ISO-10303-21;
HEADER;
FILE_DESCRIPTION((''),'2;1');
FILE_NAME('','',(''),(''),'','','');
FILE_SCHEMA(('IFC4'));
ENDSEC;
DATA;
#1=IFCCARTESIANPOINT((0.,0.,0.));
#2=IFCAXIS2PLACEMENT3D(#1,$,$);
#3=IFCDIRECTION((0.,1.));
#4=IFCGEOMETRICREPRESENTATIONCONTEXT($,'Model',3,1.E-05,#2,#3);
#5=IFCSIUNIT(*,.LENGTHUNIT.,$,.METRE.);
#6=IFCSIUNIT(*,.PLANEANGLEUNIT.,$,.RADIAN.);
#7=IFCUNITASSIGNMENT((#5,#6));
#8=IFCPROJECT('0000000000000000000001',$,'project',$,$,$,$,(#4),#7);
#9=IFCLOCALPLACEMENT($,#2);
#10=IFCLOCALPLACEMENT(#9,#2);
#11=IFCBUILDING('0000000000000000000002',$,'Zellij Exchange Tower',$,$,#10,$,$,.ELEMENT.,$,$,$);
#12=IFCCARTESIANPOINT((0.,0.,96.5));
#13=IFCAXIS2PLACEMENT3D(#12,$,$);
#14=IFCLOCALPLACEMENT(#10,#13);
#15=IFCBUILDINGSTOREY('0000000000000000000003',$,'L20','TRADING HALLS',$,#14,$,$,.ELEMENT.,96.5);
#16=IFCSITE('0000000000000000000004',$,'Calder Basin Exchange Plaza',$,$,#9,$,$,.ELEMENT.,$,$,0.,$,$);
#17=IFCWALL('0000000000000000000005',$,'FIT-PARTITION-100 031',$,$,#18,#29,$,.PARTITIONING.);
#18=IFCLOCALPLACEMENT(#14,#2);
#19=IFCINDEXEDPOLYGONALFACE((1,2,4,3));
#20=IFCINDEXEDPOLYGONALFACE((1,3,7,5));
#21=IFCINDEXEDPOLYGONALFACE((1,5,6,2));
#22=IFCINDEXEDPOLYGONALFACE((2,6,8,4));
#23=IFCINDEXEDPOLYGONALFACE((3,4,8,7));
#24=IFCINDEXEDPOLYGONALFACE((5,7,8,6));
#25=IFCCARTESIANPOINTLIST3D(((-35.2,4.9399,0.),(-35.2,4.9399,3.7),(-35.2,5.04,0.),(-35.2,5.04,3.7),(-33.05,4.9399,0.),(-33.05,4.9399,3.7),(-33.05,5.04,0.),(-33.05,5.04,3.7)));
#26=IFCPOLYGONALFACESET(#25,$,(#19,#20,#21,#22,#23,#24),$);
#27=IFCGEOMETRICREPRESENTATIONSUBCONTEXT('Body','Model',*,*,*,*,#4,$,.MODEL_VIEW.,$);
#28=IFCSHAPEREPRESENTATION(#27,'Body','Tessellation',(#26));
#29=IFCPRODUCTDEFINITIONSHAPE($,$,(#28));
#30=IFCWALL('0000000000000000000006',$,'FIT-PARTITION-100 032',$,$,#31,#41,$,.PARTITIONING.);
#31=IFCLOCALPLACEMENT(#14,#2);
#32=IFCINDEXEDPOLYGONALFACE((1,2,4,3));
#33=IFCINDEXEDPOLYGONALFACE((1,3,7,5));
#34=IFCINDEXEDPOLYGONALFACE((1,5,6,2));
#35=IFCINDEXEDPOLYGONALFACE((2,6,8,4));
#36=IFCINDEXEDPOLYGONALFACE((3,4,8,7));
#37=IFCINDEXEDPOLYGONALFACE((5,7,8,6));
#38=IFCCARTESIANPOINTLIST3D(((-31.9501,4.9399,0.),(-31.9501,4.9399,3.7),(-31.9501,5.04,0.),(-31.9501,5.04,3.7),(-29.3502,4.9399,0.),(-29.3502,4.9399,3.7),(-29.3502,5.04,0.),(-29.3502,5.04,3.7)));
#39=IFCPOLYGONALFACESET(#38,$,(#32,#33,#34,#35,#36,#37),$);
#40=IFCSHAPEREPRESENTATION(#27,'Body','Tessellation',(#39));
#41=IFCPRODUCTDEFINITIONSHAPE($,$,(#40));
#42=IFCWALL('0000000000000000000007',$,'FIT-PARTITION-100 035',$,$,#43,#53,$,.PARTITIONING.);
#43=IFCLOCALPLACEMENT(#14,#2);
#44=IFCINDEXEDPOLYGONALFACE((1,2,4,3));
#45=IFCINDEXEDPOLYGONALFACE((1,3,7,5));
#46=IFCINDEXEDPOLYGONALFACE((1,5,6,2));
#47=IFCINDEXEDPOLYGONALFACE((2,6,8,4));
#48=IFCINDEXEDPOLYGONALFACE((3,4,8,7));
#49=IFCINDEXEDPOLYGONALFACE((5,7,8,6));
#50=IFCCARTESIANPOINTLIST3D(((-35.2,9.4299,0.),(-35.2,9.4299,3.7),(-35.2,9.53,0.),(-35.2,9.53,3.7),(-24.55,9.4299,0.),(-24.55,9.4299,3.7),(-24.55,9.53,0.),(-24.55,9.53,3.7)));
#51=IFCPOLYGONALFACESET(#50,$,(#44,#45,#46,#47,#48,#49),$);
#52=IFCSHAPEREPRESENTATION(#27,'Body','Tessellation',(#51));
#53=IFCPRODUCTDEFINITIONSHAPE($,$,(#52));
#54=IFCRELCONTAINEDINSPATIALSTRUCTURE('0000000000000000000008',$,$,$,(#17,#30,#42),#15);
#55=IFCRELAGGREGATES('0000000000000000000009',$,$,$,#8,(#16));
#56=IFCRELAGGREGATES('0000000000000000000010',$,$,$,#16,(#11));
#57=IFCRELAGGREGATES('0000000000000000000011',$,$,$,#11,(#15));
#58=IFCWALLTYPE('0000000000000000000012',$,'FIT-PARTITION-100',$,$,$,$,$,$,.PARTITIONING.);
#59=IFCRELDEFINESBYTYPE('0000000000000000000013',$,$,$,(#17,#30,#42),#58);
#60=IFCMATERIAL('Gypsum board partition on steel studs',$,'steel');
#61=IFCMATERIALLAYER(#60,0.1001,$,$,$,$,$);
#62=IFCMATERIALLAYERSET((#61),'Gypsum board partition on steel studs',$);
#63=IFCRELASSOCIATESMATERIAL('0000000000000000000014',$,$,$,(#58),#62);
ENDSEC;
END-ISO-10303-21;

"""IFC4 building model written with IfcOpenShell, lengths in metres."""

from ifc_helpers import new_model, si_unit, direction, frame, frame_2d, origin, place, context, subcontext, project, spatial, rectangle, extrude, material, layer, layer_set, type_object, element, save


model = new_model("IFC4")

# Units and contexts
model_context = context("Model", 3, precision=1e-05, world=origin(), true_north=direction((0.0, 1.0)))
body_context = subcontext(model_context, "Body", "Model", "MODEL_VIEW")
ifc_project = project(units=[si_unit("LENGTHUNIT", "METRE"), si_unit("PLANEANGLEUNIT", "RADIAN")], contexts=[model_context])

# Site, building, storey
site_placement = place(None, origin())
site = spatial("IfcSite", under=ifc_project, at=site_placement, Name="Calder Basin Exchange Plaza", CompositionType="ELEMENT", RefElevation=0.0)
building_placement = place(site_placement, origin())
building = spatial("IfcBuilding", under=site, at=building_placement, Name="Zellij Exchange Tower", CompositionType="ELEMENT")
storey_placement = place(building_placement, frame((0.0, 0.0, 96.5)))
storey = spatial("IfcBuildingStorey", under=building, at=storey_placement, Name="L20", Description="TRADING HALLS", CompositionType="ELEMENT", Elevation=96.5)

# Walls
ifc_material_1 = material(Name="Gypsum board partition on steel studs", Category="steel")
ifc_layer_1 = layer(ifc_material_1, 0.1001)
ifc_layer_set_1 = layer_set([ifc_layer_1], Name="Gypsum board partition on steel studs")
wall_type_1 = type_object("IfcWallType", Name="FIT-PARTITION-100", PredefinedType="PARTITIONING", material=ifc_layer_set_1)
wall_1_placement = place(storey_placement, frame((-35.2, 4.99, 0.0), z_axis=(0.0, 0.0, 1.0), x_axis=(1.0, 0.0, 0.0)))
element("IfcWall", 1, at=wall_1_placement, inside=storey, type_object=wall_type_1, Name="FIT-PARTITION-100 031", PredefinedType="PARTITIONING", context=body_context, shape_type="SweptSolid", body=[
    extrude(rectangle(XDim=2.1499, YDim=0.1001, at=frame_2d((1.075, 0.0))), origin(), (0.0, 0.0, 1.0), 3.7),
])
wall_2_placement = place(storey_placement, frame((-31.95, 4.99, 0.0), z_axis=(0.0, 0.0, 1.0), x_axis=(1.0, 0.0, 0.0)))
element("IfcWall", 2, at=wall_2_placement, inside=storey, type_object=wall_type_1, Name="FIT-PARTITION-100 032", PredefinedType="PARTITIONING", context=body_context, shape_type="SweptSolid", body=[
    extrude(rectangle(XDim=2.5999, YDim=0.1001, at=frame_2d((1.2998, 0.0))), origin(), (0.0, 0.0, 1.0), 3.7),
])
wall_3_placement = place(storey_placement, frame((-35.2, 9.48, 0.0), z_axis=(0.0, 0.0, 1.0), x_axis=(1.0, 0.0, 0.0)))
element("IfcWall", 3, at=wall_3_placement, inside=storey, type_object=wall_type_1, Name="FIT-PARTITION-100 035", PredefinedType="PARTITIONING", context=body_context, shape_type="SweptSolid", body=[
    extrude(rectangle(XDim=10.6499, YDim=0.1001, at=frame_2d((5.325, 0.0))), origin(), (0.0, 0.0, 1.0), 3.7),
])

save(model, "model.ifc")
